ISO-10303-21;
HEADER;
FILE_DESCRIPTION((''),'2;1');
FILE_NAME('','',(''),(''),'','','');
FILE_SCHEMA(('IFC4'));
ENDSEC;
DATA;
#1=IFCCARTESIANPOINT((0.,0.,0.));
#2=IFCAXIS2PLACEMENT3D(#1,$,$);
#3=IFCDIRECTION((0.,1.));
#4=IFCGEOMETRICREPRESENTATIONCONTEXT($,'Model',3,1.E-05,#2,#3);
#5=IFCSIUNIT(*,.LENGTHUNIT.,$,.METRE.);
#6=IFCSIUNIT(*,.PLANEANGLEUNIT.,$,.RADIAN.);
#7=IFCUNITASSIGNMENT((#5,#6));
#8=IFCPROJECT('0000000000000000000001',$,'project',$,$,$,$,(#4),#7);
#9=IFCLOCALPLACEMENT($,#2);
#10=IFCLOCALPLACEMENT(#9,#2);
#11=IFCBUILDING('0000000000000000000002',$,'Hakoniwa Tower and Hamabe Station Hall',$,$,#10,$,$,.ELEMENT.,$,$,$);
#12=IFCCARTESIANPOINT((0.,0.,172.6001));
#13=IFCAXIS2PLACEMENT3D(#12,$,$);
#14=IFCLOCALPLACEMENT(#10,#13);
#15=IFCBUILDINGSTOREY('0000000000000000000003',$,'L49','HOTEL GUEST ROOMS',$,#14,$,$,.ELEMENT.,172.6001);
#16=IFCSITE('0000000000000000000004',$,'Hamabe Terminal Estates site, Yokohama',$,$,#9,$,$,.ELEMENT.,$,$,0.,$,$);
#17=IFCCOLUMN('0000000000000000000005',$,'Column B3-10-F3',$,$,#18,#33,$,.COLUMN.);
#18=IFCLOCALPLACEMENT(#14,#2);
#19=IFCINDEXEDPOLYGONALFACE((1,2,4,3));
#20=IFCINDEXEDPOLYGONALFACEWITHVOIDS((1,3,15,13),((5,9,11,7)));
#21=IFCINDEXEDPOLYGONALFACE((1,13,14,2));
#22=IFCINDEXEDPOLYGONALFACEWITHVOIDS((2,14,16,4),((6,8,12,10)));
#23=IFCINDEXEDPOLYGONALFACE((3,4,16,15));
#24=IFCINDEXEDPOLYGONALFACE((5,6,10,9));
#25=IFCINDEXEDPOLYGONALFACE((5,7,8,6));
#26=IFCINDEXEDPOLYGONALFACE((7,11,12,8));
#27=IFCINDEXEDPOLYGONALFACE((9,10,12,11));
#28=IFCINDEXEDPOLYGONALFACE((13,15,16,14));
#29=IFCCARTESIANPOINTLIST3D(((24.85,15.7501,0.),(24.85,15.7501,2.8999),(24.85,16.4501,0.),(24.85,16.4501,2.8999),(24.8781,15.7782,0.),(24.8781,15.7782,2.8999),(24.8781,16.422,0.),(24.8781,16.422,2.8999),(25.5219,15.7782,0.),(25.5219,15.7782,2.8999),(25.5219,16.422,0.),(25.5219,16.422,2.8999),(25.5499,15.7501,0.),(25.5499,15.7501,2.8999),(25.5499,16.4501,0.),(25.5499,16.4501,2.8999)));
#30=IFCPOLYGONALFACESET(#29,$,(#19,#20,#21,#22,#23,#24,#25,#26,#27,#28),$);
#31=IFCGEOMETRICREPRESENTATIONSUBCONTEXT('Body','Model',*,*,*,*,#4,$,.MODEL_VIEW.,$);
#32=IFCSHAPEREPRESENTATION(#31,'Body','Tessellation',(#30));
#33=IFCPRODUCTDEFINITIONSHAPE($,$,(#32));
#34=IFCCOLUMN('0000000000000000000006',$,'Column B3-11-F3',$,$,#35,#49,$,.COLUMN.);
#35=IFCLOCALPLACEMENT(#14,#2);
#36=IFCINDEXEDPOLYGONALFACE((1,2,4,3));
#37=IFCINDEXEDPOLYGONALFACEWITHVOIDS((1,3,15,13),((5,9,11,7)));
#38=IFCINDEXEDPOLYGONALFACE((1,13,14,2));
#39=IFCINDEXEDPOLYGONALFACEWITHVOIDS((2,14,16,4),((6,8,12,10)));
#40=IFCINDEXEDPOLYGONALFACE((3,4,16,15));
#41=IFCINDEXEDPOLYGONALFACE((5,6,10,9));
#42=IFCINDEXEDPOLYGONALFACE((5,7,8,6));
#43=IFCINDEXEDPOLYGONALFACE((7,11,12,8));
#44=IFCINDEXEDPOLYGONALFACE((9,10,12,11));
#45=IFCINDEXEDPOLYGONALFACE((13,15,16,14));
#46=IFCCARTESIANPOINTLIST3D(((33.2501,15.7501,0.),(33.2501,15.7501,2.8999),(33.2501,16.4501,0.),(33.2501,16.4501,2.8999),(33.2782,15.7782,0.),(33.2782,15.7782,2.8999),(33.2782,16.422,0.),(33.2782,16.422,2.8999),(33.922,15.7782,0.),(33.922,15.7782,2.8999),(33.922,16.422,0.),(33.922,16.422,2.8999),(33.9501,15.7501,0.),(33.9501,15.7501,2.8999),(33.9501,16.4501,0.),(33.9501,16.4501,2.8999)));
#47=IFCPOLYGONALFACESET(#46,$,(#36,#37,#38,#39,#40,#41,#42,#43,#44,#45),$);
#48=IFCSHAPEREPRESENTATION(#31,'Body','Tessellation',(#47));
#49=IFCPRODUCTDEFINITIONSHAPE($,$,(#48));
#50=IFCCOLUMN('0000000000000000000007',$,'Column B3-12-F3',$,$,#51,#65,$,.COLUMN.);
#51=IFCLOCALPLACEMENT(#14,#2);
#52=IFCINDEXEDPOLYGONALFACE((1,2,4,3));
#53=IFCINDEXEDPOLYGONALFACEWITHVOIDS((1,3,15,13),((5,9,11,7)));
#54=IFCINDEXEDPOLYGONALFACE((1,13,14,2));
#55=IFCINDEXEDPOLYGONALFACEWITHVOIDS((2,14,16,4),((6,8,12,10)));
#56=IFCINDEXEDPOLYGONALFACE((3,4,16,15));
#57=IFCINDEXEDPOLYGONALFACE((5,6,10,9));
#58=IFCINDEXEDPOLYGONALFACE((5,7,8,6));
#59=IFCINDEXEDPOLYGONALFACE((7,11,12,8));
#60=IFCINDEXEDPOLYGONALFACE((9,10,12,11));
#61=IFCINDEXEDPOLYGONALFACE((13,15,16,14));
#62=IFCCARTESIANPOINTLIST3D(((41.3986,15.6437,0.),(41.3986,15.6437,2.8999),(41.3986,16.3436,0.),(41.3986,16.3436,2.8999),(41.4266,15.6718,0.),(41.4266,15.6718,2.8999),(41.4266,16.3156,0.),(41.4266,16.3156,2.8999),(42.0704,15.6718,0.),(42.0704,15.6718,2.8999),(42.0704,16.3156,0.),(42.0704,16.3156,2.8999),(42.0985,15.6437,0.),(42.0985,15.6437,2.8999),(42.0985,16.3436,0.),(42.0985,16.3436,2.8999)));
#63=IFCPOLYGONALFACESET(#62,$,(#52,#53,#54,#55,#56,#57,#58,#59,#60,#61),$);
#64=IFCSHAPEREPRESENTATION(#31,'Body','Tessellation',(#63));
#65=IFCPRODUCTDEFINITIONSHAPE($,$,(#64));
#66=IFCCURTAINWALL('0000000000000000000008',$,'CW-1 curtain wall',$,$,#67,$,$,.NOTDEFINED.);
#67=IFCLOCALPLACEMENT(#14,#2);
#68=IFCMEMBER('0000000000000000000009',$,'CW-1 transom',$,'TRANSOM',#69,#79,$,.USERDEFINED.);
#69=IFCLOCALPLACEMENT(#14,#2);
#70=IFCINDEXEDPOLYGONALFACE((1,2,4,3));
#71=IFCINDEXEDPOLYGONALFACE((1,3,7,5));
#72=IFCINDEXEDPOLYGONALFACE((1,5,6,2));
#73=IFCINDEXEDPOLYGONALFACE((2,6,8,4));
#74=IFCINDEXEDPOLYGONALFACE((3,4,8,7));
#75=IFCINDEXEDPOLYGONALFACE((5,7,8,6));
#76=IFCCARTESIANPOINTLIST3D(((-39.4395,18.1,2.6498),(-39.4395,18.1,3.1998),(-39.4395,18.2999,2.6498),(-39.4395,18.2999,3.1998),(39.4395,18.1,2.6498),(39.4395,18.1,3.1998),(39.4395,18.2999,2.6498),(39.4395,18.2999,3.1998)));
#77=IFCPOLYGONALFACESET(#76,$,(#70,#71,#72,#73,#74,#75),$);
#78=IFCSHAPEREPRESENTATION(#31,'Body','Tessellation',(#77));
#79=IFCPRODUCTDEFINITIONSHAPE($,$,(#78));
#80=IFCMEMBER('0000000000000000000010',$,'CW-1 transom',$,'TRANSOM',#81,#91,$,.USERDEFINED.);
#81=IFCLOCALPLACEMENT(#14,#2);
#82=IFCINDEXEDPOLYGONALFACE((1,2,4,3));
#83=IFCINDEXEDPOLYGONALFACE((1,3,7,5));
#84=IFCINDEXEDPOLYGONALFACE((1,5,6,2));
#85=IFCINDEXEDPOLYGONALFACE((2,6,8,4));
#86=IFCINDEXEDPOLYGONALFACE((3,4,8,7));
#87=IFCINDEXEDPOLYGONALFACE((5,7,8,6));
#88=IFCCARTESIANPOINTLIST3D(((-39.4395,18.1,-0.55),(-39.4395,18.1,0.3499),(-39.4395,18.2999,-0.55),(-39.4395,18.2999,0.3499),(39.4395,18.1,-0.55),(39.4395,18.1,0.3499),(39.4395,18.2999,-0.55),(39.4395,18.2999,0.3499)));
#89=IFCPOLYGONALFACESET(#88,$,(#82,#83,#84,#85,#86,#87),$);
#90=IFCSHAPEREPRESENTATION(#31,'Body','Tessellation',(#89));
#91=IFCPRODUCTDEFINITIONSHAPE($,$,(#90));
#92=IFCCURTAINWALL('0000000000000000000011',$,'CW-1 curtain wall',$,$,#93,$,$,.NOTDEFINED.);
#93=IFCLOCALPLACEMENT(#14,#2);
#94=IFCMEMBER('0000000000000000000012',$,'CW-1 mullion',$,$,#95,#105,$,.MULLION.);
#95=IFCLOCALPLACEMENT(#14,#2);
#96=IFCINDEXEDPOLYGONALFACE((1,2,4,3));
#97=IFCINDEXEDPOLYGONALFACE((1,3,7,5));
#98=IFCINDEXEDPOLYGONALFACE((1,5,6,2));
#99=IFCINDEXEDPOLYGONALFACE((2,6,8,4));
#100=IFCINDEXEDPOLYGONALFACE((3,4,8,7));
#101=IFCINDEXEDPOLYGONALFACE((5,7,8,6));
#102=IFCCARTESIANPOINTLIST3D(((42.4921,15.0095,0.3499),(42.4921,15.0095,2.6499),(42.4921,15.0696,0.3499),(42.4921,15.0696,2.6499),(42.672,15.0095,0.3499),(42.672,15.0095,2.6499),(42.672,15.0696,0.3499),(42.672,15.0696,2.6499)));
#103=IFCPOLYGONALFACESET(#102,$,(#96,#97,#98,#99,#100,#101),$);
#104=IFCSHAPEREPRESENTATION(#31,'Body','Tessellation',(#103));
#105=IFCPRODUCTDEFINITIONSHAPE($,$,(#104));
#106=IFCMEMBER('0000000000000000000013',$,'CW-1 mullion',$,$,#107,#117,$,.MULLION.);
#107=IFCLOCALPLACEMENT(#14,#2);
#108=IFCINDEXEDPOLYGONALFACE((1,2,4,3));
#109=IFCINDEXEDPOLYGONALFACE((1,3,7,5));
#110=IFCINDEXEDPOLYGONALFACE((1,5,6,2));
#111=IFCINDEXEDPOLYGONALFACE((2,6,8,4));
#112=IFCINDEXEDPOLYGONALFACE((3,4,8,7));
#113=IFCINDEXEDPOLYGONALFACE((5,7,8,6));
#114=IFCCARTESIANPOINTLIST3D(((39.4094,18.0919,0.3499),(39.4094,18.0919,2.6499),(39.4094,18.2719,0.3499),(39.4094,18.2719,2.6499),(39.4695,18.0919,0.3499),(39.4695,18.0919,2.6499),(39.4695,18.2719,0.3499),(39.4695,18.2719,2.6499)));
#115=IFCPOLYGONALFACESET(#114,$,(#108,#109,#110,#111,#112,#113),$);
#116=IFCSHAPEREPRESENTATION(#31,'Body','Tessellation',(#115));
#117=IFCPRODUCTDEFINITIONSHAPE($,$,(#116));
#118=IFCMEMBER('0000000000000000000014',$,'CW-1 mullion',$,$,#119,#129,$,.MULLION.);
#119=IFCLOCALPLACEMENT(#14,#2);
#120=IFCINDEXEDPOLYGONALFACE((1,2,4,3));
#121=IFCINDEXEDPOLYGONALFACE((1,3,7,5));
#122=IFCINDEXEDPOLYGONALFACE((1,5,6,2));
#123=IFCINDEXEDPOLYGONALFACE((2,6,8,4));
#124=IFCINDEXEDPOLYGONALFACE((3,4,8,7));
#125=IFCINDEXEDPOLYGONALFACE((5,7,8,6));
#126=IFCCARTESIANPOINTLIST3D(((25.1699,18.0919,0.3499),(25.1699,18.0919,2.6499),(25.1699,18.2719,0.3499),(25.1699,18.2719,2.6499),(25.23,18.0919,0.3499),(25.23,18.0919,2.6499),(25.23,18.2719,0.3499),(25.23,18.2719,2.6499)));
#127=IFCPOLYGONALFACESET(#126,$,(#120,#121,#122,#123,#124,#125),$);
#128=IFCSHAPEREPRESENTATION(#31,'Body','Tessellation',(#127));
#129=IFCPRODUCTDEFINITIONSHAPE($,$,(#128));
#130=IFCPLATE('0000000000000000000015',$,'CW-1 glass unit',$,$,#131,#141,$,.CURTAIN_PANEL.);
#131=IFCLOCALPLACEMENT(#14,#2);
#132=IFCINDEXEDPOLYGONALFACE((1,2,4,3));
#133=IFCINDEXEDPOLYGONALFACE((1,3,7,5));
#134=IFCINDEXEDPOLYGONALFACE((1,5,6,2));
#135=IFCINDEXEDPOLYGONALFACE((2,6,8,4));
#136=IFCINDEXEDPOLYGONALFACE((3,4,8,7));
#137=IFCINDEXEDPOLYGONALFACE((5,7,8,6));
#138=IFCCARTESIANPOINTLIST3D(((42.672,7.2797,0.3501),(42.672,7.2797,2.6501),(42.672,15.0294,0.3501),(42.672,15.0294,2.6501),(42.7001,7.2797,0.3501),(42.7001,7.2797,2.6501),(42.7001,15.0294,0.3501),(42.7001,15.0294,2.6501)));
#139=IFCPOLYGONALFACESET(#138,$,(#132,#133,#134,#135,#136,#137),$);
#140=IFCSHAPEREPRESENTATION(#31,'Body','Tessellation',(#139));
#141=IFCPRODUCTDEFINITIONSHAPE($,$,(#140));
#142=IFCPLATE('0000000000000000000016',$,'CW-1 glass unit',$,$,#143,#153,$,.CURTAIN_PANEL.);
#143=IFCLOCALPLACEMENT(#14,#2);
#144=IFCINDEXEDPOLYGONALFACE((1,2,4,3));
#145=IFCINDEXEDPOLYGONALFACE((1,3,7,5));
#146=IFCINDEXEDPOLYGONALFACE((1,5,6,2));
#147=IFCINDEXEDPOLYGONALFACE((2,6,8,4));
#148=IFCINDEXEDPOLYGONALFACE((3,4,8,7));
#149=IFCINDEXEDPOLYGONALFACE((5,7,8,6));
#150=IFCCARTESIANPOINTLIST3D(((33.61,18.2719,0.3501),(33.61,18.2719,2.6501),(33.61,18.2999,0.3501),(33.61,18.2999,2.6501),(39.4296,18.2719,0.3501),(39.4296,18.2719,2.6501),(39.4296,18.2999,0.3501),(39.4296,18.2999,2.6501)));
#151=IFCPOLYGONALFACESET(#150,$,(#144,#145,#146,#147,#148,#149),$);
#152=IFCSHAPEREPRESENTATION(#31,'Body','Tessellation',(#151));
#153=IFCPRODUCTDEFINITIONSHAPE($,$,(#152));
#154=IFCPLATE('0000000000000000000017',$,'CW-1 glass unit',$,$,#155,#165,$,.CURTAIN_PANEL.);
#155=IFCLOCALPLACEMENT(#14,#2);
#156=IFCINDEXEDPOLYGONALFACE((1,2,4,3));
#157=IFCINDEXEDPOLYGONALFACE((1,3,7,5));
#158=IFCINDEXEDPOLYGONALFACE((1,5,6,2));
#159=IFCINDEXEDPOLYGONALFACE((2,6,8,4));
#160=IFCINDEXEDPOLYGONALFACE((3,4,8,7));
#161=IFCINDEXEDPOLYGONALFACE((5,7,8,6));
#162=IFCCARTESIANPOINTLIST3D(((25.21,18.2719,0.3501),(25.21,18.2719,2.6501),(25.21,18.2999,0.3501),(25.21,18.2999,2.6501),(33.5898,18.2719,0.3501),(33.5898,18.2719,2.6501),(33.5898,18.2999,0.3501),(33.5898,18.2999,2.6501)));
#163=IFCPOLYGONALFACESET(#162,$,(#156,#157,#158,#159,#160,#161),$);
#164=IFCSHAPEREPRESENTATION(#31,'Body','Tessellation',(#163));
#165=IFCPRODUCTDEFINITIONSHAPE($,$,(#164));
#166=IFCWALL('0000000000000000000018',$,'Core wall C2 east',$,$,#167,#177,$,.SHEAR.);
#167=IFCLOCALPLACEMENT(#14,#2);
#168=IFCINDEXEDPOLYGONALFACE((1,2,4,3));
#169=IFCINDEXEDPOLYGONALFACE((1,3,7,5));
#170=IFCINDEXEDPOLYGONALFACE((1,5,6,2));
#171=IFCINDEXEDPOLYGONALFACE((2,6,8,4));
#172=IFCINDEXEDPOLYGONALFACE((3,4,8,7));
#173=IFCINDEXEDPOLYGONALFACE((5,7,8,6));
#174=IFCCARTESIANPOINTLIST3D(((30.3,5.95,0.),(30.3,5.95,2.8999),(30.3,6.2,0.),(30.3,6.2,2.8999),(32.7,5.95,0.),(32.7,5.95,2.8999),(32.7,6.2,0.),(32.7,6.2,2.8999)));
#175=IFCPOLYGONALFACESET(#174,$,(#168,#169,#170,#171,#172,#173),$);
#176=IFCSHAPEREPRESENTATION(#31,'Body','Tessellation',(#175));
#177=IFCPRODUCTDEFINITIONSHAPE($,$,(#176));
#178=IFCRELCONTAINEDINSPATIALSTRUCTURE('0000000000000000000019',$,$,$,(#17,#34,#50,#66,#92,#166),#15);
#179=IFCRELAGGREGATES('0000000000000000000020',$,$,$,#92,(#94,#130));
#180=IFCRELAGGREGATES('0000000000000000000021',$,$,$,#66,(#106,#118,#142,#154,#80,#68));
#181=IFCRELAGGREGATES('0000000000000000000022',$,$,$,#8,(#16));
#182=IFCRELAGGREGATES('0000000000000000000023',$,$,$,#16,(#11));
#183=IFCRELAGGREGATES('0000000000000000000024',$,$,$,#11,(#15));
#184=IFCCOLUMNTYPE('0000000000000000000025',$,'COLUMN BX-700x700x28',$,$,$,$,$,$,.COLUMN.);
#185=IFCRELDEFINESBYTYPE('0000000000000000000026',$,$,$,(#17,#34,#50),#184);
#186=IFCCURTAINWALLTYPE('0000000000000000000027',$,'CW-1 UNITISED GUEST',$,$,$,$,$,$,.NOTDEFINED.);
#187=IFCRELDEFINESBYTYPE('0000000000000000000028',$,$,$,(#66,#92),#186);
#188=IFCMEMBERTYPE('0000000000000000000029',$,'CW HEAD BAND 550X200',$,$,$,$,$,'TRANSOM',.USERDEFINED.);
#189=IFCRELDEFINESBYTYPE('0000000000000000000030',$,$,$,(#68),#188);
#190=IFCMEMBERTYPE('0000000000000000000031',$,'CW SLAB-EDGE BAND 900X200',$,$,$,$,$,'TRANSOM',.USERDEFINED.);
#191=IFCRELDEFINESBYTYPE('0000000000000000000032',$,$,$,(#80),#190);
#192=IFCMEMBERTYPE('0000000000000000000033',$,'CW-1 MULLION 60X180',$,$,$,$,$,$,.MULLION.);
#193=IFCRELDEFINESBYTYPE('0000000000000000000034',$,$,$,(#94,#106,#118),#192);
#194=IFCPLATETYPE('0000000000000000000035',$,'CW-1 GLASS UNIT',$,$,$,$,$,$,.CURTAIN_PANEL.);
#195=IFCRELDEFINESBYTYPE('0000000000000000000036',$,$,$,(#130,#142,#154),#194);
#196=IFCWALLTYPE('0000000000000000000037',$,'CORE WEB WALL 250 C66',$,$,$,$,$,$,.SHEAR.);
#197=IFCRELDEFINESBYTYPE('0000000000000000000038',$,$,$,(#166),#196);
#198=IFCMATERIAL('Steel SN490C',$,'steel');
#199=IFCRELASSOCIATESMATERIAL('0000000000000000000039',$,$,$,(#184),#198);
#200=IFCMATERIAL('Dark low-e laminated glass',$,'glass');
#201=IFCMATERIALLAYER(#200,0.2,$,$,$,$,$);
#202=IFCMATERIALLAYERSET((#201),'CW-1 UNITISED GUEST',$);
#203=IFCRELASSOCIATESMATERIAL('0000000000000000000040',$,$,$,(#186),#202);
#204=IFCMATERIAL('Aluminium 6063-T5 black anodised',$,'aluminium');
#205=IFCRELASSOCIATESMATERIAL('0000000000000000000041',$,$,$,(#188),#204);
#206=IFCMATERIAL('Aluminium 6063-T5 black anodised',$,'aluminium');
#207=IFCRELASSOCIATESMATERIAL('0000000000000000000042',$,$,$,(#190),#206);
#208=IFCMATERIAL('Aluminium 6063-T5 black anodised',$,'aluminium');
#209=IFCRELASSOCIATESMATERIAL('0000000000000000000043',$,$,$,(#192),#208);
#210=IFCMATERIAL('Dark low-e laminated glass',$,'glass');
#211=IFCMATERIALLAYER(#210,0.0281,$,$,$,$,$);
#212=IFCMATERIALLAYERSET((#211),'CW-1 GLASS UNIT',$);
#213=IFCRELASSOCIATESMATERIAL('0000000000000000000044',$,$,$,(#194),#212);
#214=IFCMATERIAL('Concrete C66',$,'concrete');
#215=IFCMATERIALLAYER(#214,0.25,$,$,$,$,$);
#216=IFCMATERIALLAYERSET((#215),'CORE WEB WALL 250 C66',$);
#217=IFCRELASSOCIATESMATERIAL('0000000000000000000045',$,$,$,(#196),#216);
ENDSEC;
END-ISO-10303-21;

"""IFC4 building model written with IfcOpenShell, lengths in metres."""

from ifc_helpers import new_model, si_unit, direction, frame, frame_2d, origin, origin_2d, place, context, subcontext, project, spatial, rectangle, hollow_rectangle, extrude, material, layer, layer_set, material_profile, profile_set, type_object, element, aggregate, save


model = new_model("IFC4")

# Units and contexts
model_context = context("Model", 3, precision=1e-05, world=origin(), true_north=direction((0.0, 1.0)))
body_context = subcontext(model_context, "Body", "Model", "MODEL_VIEW")
ifc_project = project(units=[si_unit("LENGTHUNIT", "METRE"), si_unit("PLANEANGLEUNIT", "RADIAN")], contexts=[model_context])

# Site, building, storey
site_placement = place(None, origin())
site = spatial("IfcSite", under=ifc_project, at=site_placement, Name="Hamabe Terminal Estates site, Yokohama", CompositionType="ELEMENT", RefElevation=0.0)
building_placement = place(site_placement, origin())
building = spatial("IfcBuilding", under=site, at=building_placement, Name="Hakoniwa Tower and Hamabe Station Hall", CompositionType="ELEMENT")
storey_placement = place(building_placement, frame((0.0, 0.0, 172.6001)))
storey = spatial("IfcBuildingStorey", under=building, at=storey_placement, Name="L49", Description="HOTEL GUEST ROOMS", CompositionType="ELEMENT", Elevation=172.6001)

# Columns
ifc_material_1 = material(Name="Steel SN490C", Category="steel")
ifc_material_profile_1 = material_profile(ifc_material_1, hollow_rectangle(XDim=0.7, YDim=0.7, WallThickness=0.0281, at=origin_2d()), Name="BX-700x700x28")
ifc_profile_set_1 = profile_set([ifc_material_profile_1], Name="Steel SN490C")
column_type = type_object("IfcColumnType", Name="COLUMN BX-700x700x28", PredefinedType="COLUMN", material=ifc_profile_set_1)
for number, where, z_axis, x_axis, name in (
    (1, (25.2, 16.1001, 0.0), (0.0, 0.0, 1.0), (1.0, 0.0, 0.0), "Column B3-10-F3"),
    (2, (33.6001, 16.1001, 0.0), (0.0, 0.0, 1.0), (1.0, 0.0, 0.0), "Column B3-11-F3"),
    (3, (41.7485, 15.9937, 0.0), (0.0, 0.0, 1.0), (1.0, 0.0, 0.0), "Column B3-12-F3"),
):
    element("IfcColumn", number, at=place(storey_placement, frame(where, z_axis=z_axis, x_axis=x_axis)), inside=storey, type_object=column_type, Name=name, PredefinedType="COLUMN", context=body_context, shape_type="SweptSolid", body=[
        extrude(hollow_rectangle(XDim=0.7, YDim=0.7, WallThickness=0.0281, at=origin_2d()), origin(), (0.0, 0.0, 1.0), 2.8999),
    ])

# Curtain wall, members
ifc_material_2 = material(Name="Dark low-e laminated glass", Category="glass")
ifc_layer_1 = layer(ifc_material_2, 0.2)
ifc_layer_set_1 = layer_set([ifc_layer_1], Name="CW-1 UNITISED GUEST")
curtain_wall_type = type_object("IfcCurtainWallType", Name="CW-1 UNITISED GUEST", PredefinedType="NOTDEFINED", material=ifc_layer_set_1)
curtain_wall_1_placement = place(storey_placement, origin())
curtain_wall_1 = element("IfcCurtainWall", 4, at=curtain_wall_1_placement, inside=storey, type_object=curtain_wall_type, Name="CW-1 curtain wall", PredefinedType="NOTDEFINED")
ifc_material_3 = material(Name="Aluminium 6063-T5 black anodised", Category="aluminium")
ifc_material_profile_2 = material_profile(ifc_material_3, rectangle(XDim=0.2, YDim=0.55, at=origin_2d()), Name="CW HEAD BAND 550X200")
ifc_profile_set_2 = profile_set([ifc_material_profile_2], Name="Aluminium 6063-T5 black anodised")
member_type_1 = type_object("IfcMemberType", Name="CW HEAD BAND 550X200", ElementType="TRANSOM", PredefinedType="USERDEFINED", material=ifc_profile_set_2)
member_1_placement = place(storey_placement, frame((39.4395, 18.2, 2.9248), z_axis=(-1.0, 0.0, 0.0), x_axis=(0.0, -1.0, 0.0)))
member_1 = element("IfcMember", 5, at=member_1_placement, type_object=member_type_1, Name="CW-1 transom", ObjectType="TRANSOM", PredefinedType="USERDEFINED", context=body_context, shape_type="SweptSolid", body=[
    extrude(rectangle(XDim=0.2, YDim=0.55, at=origin_2d()), origin(), (0.0, 0.0, 1.0), 78.8789),
])
ifc_material_4 = material(Name="Aluminium 6063-T5 black anodised", Category="aluminium")
ifc_material_profile_3 = material_profile(ifc_material_4, rectangle(XDim=0.2, YDim=0.8999, at=origin_2d()), Name="CW SLAB-EDGE BAND 900X200")
ifc_profile_set_3 = profile_set([ifc_material_profile_3], Name="Aluminium 6063-T5 black anodised")
member_type_2 = type_object("IfcMemberType", Name="CW SLAB-EDGE BAND 900X200", ElementType="TRANSOM", PredefinedType="USERDEFINED", material=ifc_profile_set_3)
member_2_placement = place(storey_placement, frame((39.4395, 18.2, -0.1001), z_axis=(-1.0, 0.0, 0.0), x_axis=(0.0, -1.0, 0.0)))
member_2 = element("IfcMember", 6, at=member_2_placement, type_object=member_type_2, Name="CW-1 transom", ObjectType="TRANSOM", PredefinedType="USERDEFINED", context=body_context, shape_type="SweptSolid", body=[
    extrude(rectangle(XDim=0.2, YDim=0.8999, at=origin_2d()), origin(), (0.0, 0.0, 1.0), 78.8789),
])

# Curtain wall, member
curtain_wall_2_placement = place(storey_placement, origin())
curtain_wall_2 = element("IfcCurtainWall", 7, at=curtain_wall_2_placement, inside=storey, type_object=curtain_wall_type, Name="CW-1 curtain wall", PredefinedType="NOTDEFINED")
ifc_material_5 = material(Name="Aluminium 6063-T5 black anodised", Category="aluminium")
ifc_material_profile_4 = material_profile(ifc_material_5, rectangle(XDim=0.0601, YDim=0.1799, at=origin_2d()), Name="CW-1 MULLION 60X180")
ifc_profile_set_4 = profile_set([ifc_material_profile_4], Name="Aluminium 6063-T5 black anodised")
member_type_3 = type_object("IfcMemberType", Name="CW-1 MULLION 60X180", PredefinedType="MULLION", material=ifc_profile_set_4)
member_3_placement = place(storey_placement, frame((42.582, 15.0396, 0.3499), z_axis=(0.0, 0.0, 1.0), x_axis=(0.0, 1.0, 0.0)))
member_3 = element("IfcMember", 8, at=member_3_placement, type_object=member_type_3, Name="CW-1 mullion", PredefinedType="MULLION", context=body_context, shape_type="SweptSolid", body=[
    extrude(rectangle(XDim=0.0601, YDim=0.1799, at=origin_2d()), origin(), (0.0, 0.0, 1.0), 2.3),
])

# Members
member_4_placement = place(storey_placement, frame((39.4395, 18.1819, 0.3499), z_axis=(0.0, 0.0, 1.0), x_axis=(-1.0, 0.0, 0.0)))
member_4 = element("IfcMember", 9, at=member_4_placement, type_object=member_type_3, Name="CW-1 mullion", PredefinedType="MULLION", context=body_context, shape_type="SweptSolid", body=[
    extrude(rectangle(XDim=0.0601, YDim=0.1799, at=origin_2d()), origin(), (0.0, 0.0, 1.0), 2.3),
])
member_5_placement = place(storey_placement, frame((25.2, 18.1819, 0.3499), z_axis=(0.0, 0.0, 1.0), x_axis=(-1.0, 0.0, 0.0)))
member_5 = element("IfcMember", 10, at=member_5_placement, type_object=member_type_3, Name="CW-1 mullion", PredefinedType="MULLION", context=body_context, shape_type="SweptSolid", body=[
    extrude(rectangle(XDim=0.0601, YDim=0.1799, at=origin_2d()), origin(), (0.0, 0.0, 1.0), 2.3),
])

# Plates
ifc_material_6 = material(Name="Dark low-e laminated glass", Category="glass")
ifc_layer_2 = layer(ifc_material_6, 0.0281)
ifc_layer_set_2 = layer_set([ifc_layer_2], Name="CW-1 GLASS UNIT")
plate_type = type_object("IfcPlateType", Name="CW-1 GLASS UNIT", PredefinedType="CURTAIN_PANEL", material=ifc_layer_set_2)
plate_1_placement = place(storey_placement, frame((42.686, 11.1545, 0.3501), z_axis=(0.0, 0.0, 1.0), x_axis=(0.0, 1.0, 0.0)))
plate_1 = element("IfcPlate", 11, at=plate_1_placement, type_object=plate_type, Name="CW-1 glass unit", PredefinedType="CURTAIN_PANEL", context=body_context, shape_type="SweptSolid", body=[
    extrude(rectangle(XDim=7.7498, YDim=0.0281, at=origin_2d()), origin(), (0.0, 0.0, 1.0), 2.3),
])
aggregate(curtain_wall_2, [member_3, plate_1])
plate_2_placement = place(storey_placement, frame((36.5198, 18.2859, 0.3501), z_axis=(0.0, 0.0, 1.0), x_axis=(-1.0, 0.0, 0.0)))
plate_2 = element("IfcPlate", 12, at=plate_2_placement, type_object=plate_type, Name="CW-1 glass unit", PredefinedType="CURTAIN_PANEL", context=body_context, shape_type="SweptSolid", body=[
    extrude(rectangle(XDim=5.8196, YDim=0.0281, at=origin_2d()), origin(), (0.0, 0.0, 1.0), 2.3),
])
plate_3_placement = place(storey_placement, frame((29.3999, 18.2859, 0.3501), z_axis=(0.0, 0.0, 1.0), x_axis=(-1.0, 0.0, 0.0)))
plate_3 = element("IfcPlate", 13, at=plate_3_placement, type_object=plate_type, Name="CW-1 glass unit", PredefinedType="CURTAIN_PANEL", context=body_context, shape_type="SweptSolid", body=[
    extrude(rectangle(XDim=8.3799, YDim=0.0281, at=origin_2d()), origin(), (0.0, 0.0, 1.0), 2.3),
])
aggregate(curtain_wall_1, [member_4, member_5, plate_2, plate_3, member_2, member_1])

# Wall
ifc_material_7 = material(Name="Concrete C66", Category="concrete")
ifc_layer_3 = layer(ifc_material_7, 0.25)
ifc_layer_set_3 = layer_set([ifc_layer_3], Name="CORE WEB WALL 250 C66")
wall_type_1 = type_object("IfcWallType", Name="CORE WEB WALL 250 C66", PredefinedType="SHEAR", material=ifc_layer_set_3)
wall_1_placement = place(storey_placement, frame((30.3, 6.075, 0.0), z_axis=(0.0, 0.0, 1.0), x_axis=(1.0, 0.0, 0.0)))
element("IfcWall", 14, at=wall_1_placement, inside=storey, type_object=wall_type_1, Name="Core wall C2 east", PredefinedType="SHEAR", context=body_context, shape_type="SweptSolid", body=[
    extrude(rectangle(XDim=2.3999, YDim=0.25, at=frame_2d((1.2, 0.0))), origin(), (0.0, 0.0, 1.0), 2.8999),
])

save(model, "model.ifc")
